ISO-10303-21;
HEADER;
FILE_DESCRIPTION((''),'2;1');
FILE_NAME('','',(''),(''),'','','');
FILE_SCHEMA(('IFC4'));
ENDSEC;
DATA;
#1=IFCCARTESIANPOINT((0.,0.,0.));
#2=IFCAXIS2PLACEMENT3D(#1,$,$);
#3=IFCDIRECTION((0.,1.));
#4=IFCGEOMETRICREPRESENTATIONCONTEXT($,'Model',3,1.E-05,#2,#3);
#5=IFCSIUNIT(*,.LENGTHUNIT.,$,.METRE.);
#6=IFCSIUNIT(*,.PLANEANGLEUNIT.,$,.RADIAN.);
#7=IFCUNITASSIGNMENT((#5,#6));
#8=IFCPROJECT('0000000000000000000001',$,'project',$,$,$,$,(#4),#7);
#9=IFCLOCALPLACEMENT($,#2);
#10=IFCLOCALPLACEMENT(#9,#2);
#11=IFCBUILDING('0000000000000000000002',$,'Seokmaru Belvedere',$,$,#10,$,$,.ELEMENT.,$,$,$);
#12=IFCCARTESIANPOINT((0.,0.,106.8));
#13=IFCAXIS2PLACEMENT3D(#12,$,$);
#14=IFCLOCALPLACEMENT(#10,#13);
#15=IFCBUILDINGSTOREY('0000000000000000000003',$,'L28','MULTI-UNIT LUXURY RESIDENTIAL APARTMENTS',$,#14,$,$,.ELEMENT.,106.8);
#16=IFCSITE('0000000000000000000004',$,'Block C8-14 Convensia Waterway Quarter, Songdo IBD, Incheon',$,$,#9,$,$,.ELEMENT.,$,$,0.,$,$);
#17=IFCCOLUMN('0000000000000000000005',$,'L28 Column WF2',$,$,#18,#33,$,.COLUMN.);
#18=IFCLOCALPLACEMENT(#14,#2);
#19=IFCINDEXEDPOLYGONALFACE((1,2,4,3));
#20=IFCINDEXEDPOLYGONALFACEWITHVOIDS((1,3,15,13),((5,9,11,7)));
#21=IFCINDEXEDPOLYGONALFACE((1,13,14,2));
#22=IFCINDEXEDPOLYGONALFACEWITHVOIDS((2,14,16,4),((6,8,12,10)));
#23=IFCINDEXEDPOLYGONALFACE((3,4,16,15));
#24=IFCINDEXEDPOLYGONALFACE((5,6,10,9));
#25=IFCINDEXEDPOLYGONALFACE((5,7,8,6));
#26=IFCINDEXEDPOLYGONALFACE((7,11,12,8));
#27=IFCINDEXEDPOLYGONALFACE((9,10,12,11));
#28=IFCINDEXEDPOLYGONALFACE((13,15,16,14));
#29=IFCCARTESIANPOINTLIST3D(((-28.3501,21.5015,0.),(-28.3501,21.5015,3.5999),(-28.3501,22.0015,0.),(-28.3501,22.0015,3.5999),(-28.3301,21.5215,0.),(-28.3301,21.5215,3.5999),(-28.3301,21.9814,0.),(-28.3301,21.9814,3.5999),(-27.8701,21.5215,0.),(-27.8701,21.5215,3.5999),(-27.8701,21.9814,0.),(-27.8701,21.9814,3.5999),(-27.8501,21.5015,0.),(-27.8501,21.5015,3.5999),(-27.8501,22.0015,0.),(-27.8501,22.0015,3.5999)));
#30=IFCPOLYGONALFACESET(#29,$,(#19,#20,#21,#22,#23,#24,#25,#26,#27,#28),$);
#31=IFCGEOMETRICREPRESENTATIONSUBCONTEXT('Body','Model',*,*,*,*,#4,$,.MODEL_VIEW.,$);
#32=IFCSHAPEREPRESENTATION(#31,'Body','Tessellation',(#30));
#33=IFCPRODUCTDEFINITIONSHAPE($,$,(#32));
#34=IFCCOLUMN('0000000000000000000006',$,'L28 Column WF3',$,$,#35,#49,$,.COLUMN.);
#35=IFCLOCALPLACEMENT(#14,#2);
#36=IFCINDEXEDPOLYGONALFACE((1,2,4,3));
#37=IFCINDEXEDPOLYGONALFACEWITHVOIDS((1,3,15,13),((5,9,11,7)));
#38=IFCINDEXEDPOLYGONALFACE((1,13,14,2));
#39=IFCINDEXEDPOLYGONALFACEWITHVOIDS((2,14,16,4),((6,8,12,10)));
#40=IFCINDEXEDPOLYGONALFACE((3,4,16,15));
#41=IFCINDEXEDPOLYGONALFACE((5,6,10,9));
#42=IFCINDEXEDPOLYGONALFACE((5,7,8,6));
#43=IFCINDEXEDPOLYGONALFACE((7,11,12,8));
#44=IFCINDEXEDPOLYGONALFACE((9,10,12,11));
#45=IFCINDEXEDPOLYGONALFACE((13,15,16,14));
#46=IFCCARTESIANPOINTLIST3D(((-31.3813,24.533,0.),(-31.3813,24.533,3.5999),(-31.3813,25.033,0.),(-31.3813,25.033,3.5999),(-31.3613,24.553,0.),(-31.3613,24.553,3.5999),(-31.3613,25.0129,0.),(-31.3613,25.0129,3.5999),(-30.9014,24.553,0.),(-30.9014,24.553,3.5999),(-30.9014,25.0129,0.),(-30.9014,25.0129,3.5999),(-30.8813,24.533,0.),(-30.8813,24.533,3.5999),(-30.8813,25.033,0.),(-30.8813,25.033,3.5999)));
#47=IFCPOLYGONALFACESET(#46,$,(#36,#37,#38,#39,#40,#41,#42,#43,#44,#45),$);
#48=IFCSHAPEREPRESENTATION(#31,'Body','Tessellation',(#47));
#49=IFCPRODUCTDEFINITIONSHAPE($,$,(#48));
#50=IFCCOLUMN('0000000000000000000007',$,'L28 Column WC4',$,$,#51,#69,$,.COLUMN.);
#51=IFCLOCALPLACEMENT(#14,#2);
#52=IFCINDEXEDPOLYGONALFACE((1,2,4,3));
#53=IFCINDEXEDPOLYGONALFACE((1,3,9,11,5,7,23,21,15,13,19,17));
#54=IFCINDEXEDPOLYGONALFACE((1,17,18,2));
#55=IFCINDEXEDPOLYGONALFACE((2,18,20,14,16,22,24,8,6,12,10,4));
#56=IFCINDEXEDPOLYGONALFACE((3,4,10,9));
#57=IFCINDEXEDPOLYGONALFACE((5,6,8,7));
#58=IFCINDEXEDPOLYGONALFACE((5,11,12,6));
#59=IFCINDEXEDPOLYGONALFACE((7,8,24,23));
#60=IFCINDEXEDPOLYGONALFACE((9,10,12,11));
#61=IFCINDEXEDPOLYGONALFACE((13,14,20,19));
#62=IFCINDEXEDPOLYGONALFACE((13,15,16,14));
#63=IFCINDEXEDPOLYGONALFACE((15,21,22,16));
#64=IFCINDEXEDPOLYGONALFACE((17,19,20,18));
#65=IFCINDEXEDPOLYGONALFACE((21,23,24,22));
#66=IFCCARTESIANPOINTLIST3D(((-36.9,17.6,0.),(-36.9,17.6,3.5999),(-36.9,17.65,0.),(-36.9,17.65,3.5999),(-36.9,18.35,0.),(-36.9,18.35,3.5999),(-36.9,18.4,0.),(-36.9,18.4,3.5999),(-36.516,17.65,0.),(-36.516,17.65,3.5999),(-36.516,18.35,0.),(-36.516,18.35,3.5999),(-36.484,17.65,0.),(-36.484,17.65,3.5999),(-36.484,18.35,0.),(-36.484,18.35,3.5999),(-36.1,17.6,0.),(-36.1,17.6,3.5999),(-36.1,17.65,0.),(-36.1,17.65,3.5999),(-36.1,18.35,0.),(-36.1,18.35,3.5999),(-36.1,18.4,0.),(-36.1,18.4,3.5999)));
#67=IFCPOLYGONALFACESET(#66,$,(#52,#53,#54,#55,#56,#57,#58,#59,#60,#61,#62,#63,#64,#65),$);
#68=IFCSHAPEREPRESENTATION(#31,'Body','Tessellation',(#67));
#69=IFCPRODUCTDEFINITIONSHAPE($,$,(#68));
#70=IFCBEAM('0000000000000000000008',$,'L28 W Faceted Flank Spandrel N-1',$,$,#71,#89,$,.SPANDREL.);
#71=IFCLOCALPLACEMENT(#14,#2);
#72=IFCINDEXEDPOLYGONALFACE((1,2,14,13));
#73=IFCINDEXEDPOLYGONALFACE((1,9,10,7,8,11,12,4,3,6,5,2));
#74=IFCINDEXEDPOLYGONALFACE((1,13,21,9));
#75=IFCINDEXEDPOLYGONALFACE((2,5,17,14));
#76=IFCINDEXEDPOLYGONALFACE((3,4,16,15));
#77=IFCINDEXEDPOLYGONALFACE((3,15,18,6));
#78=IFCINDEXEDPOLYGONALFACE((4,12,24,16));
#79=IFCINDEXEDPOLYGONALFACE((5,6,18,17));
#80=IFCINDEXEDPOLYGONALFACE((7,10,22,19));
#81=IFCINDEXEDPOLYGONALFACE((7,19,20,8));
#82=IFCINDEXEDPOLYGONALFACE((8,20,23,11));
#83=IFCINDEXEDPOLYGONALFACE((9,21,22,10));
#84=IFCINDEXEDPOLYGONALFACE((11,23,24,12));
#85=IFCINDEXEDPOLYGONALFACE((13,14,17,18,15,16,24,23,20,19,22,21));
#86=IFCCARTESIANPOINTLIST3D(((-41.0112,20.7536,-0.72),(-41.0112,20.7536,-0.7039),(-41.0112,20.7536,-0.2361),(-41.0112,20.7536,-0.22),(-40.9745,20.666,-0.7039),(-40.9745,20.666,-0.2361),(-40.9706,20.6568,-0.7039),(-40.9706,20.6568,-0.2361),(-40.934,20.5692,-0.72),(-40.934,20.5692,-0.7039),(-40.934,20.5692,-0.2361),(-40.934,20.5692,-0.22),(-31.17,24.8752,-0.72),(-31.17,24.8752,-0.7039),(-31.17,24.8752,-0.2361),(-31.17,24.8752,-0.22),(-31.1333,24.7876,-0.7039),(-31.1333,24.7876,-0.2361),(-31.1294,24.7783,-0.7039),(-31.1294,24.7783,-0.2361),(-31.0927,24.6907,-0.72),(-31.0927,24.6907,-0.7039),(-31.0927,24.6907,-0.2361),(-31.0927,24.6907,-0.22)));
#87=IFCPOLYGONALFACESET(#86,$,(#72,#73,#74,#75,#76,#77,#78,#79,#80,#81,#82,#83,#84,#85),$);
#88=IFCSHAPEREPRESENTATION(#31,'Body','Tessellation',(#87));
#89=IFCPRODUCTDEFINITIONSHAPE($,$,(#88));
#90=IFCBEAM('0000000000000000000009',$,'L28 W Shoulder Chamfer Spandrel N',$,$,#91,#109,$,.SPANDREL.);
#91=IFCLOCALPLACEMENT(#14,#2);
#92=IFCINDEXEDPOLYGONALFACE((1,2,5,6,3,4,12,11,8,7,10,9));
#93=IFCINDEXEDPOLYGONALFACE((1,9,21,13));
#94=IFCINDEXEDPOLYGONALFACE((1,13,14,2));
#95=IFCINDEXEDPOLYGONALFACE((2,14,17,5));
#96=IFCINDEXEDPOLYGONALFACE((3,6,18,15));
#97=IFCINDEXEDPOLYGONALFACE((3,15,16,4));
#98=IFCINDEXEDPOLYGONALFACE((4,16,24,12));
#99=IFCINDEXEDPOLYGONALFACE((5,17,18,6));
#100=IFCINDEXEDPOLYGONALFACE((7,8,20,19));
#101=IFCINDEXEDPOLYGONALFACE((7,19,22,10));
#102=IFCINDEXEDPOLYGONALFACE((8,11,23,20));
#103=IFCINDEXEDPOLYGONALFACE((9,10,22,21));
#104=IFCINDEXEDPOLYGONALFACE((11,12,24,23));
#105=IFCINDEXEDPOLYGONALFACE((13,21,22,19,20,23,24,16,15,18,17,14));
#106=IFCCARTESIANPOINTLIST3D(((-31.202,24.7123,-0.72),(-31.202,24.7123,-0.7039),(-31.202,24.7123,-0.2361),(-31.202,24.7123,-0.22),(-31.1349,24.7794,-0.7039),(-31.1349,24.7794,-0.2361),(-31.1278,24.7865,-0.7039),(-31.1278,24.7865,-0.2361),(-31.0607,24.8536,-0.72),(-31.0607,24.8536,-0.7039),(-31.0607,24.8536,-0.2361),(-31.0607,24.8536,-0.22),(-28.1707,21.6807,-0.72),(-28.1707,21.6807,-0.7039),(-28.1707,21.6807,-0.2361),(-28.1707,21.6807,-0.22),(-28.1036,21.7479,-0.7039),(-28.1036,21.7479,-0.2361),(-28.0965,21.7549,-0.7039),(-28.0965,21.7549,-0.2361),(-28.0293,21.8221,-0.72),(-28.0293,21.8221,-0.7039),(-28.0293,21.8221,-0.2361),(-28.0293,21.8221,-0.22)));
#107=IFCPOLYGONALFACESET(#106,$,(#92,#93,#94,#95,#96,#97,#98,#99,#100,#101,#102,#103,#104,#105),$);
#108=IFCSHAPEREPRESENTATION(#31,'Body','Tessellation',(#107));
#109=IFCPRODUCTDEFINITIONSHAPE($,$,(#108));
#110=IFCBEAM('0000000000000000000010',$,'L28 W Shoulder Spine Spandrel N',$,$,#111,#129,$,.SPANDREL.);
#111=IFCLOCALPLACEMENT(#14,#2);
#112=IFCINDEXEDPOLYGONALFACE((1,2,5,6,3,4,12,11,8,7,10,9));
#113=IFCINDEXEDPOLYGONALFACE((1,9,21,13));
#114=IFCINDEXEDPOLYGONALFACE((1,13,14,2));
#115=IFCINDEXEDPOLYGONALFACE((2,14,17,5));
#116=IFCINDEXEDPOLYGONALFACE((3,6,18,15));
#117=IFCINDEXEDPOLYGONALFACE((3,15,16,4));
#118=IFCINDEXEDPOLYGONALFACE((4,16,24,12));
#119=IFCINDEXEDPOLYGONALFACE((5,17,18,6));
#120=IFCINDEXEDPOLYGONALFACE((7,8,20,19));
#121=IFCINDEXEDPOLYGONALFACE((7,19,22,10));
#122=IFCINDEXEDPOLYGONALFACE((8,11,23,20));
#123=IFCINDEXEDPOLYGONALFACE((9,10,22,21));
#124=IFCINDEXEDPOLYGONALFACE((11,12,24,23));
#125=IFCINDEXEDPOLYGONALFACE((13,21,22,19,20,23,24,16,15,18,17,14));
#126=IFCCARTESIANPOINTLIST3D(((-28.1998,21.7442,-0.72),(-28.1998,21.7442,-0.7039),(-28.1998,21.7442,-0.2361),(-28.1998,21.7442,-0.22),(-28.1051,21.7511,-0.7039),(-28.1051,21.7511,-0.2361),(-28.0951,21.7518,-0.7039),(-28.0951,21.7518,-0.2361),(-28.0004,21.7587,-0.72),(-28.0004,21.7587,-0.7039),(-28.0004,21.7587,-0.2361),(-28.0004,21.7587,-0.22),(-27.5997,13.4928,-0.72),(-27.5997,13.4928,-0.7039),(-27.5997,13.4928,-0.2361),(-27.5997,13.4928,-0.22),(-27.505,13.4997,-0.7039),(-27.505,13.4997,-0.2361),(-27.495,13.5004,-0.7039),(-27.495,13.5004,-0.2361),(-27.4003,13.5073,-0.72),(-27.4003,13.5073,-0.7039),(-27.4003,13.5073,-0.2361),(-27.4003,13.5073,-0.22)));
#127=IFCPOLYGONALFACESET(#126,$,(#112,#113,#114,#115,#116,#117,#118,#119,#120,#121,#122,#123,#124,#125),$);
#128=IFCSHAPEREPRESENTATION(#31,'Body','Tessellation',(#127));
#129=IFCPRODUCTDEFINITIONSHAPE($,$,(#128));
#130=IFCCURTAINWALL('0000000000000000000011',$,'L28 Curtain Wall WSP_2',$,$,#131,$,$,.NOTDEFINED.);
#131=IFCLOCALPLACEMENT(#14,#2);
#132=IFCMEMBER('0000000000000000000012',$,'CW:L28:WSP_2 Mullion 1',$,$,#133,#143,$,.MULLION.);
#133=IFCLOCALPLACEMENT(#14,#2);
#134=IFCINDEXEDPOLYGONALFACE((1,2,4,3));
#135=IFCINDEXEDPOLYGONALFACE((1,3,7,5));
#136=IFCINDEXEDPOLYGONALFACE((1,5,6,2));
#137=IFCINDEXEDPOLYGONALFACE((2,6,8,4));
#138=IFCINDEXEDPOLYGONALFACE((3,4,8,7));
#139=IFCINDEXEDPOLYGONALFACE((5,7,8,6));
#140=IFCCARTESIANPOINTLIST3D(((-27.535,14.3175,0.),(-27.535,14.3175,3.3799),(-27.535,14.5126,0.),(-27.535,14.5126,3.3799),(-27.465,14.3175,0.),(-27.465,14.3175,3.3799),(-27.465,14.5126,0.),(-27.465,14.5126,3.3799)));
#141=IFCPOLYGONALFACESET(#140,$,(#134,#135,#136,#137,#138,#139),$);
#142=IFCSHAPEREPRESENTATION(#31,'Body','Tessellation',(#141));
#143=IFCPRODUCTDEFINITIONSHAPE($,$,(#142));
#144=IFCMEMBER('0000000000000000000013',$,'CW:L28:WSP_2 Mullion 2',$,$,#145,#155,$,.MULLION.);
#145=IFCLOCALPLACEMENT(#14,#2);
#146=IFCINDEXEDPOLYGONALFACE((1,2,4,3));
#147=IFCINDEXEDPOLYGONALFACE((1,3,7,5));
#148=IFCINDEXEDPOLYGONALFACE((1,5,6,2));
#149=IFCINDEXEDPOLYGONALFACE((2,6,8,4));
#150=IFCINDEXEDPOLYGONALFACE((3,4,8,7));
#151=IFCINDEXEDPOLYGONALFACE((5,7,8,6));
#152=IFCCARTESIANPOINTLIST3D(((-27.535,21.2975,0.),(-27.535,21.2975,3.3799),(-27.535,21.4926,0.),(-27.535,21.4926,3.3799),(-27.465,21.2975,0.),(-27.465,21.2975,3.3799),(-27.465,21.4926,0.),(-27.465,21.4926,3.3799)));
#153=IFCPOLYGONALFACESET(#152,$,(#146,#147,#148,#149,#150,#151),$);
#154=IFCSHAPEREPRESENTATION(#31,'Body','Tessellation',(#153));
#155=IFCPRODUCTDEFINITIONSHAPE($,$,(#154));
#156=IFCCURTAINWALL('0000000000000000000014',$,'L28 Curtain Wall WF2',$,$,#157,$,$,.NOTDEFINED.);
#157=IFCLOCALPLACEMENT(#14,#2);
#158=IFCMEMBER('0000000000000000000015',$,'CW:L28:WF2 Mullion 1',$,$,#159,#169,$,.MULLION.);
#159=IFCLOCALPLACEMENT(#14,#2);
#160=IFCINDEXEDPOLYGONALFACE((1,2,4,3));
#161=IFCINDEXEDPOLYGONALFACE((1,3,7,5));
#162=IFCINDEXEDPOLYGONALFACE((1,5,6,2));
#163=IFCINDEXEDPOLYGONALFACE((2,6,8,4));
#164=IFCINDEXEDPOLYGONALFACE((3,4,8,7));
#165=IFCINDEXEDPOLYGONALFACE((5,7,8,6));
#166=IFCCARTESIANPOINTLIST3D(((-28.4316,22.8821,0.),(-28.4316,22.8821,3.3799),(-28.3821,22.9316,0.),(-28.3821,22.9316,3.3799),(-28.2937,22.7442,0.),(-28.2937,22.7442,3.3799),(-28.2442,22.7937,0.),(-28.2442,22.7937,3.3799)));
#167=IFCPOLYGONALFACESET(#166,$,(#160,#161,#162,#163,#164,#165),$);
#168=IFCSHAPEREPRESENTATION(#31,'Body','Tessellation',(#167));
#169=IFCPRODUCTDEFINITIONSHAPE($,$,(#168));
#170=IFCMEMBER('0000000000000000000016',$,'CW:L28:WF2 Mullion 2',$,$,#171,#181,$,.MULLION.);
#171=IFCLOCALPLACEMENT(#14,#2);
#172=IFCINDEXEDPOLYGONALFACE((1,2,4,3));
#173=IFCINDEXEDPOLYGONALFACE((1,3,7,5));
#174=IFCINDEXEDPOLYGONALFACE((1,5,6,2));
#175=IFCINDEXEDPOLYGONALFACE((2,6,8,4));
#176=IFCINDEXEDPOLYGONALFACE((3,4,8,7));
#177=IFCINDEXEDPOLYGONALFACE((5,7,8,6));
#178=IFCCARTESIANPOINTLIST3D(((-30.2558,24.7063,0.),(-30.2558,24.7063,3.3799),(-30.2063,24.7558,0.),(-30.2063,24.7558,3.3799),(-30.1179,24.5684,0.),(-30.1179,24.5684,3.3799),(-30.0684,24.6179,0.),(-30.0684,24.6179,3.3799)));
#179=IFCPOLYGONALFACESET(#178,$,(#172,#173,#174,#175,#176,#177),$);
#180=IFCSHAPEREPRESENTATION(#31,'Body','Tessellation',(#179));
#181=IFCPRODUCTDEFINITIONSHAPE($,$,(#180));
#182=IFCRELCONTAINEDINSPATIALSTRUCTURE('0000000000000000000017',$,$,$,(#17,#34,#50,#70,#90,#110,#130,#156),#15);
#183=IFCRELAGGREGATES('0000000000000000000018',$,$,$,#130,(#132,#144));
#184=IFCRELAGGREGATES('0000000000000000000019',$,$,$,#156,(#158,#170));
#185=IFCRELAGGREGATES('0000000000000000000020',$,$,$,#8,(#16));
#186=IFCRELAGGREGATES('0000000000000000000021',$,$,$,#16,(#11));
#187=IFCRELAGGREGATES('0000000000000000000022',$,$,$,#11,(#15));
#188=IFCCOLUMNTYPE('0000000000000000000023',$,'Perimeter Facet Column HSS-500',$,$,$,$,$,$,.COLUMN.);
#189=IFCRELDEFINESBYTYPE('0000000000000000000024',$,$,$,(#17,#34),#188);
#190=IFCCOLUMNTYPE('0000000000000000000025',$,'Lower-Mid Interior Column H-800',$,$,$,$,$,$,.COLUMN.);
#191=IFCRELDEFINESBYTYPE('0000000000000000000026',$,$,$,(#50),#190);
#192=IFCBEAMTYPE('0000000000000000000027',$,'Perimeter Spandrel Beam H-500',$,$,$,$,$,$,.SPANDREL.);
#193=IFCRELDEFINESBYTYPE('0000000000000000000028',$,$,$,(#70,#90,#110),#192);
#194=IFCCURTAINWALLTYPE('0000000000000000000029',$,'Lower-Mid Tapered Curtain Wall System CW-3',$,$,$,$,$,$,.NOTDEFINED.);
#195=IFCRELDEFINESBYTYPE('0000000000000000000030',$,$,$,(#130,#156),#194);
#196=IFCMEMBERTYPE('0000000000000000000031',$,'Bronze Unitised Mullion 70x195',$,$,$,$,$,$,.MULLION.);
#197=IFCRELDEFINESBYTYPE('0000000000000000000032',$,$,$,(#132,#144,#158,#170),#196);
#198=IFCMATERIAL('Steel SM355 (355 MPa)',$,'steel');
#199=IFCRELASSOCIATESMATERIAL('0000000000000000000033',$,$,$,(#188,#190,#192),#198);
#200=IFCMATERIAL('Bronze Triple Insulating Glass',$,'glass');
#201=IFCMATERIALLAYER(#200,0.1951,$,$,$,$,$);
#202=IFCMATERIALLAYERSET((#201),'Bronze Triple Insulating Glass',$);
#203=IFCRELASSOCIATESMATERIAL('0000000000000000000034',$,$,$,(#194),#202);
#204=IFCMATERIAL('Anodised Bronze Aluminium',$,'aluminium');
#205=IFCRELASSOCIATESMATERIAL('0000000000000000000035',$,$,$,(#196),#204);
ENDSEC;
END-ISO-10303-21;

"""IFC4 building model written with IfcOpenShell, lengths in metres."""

from ifc_helpers import new_model, si_unit, direction, frame, origin, origin_2d, place, context, subcontext, project, spatial, rectangle, hollow_rectangle, i_section, extrude, source, transform, mapped, material, layer, layer_set, material_profile, profile_set, type_object, type_shapes, element, aggregate, save


model = new_model("IFC4")

# Units and contexts
model_context = context("Model", 3, precision=1e-05, world=origin(), true_north=direction((0.0, 1.0)))
body_context = subcontext(model_context, "Body", "Model", "MODEL_VIEW")
ifc_project = project(units=[si_unit("LENGTHUNIT", "METRE"), si_unit("PLANEANGLEUNIT", "RADIAN")], contexts=[model_context])

# Site, building, storey
site_placement = place(None, origin())
site = spatial("IfcSite", under=ifc_project, at=site_placement, Name="Block C8-14 Convensia Waterway Quarter, Songdo IBD, Incheon", CompositionType="ELEMENT", RefElevation=0.0)
building_placement = place(site_placement, origin())
building = spatial("IfcBuilding", under=site, at=building_placement, Name="Seokmaru Belvedere", CompositionType="ELEMENT")
storey_placement = place(building_placement, frame((0.0, 0.0, 106.8)))
storey = spatial("IfcBuildingStorey", under=building, at=storey_placement, Name="L28", Description="MULTI-UNIT LUXURY RESIDENTIAL APARTMENTS", CompositionType="ELEMENT", Elevation=106.8)

# Columns
ifc_material_1 = material(Name="Steel SM355 (355 MPa)", Category="steel")
ifc_material_profile_1 = material_profile(ifc_material_1, hollow_rectangle(XDim=0.5, YDim=0.5, WallThickness=0.02, at=origin_2d()), Name="HSS-500x500x20")
ifc_profile_set_1 = profile_set([ifc_material_profile_1], Name="Steel SM355 (355 MPa)")
column_type_1 = type_object("IfcColumnType", Name="Perimeter Facet Column HSS-500", PredefinedType="COLUMN", material=ifc_profile_set_1)
shared_shape_1 = source(origin(), body_context, "Body", "SweptSolid", [
    extrude(hollow_rectangle(XDim=0.5, YDim=0.5, WallThickness=0.02, at=origin_2d()), origin(), (0.0, 0.0, 1.0), 3.5999),
])
type_shapes(column_type_1, [shared_shape_1])
for number, where, z_axis, x_axis, name in (
    (1, (-28.1001, 21.7515, 0.0), (0.0, 0.0, 1.0), (1.0, 0.0, 0.0), "L28 Column WF2"),
    (2, (-31.1313, 24.783, 0.0), (0.0, 0.0, 1.0), (1.0, 0.0, 0.0), "L28 Column WF3"),
):
    element("IfcColumn", number, at=place(storey_placement, frame(where, z_axis=z_axis, x_axis=x_axis)), inside=storey, type_object=column_type_1, Name=name, PredefinedType="COLUMN", context=body_context, shape_type="MappedRepresentation", body=[
        mapped(shared_shape_1, transform((0.0, 0.0, 0.0), scale=1.0)),
    ])
ifc_material_profile_2 = material_profile(ifc_material_1, i_section(OverallWidth=0.8, OverallDepth=0.8, WebThickness=0.032, FlangeThickness=0.05, at=origin_2d()), Name="H-800x800x32x50")
ifc_profile_set_2 = profile_set([ifc_material_profile_2], Name="Steel SM355 (355 MPa)")
column_type_2 = type_object("IfcColumnType", Name="Lower-Mid Interior Column H-800", PredefinedType="COLUMN", material=ifc_profile_set_2)
shared_shape_2 = source(origin(), body_context, "Body", "SweptSolid", [
    extrude(i_section(OverallWidth=0.8, OverallDepth=0.8, WebThickness=0.032, FlangeThickness=0.05, at=origin_2d()), origin(), (0.0, 0.0, 1.0), 3.5999),
])
type_shapes(column_type_2, [shared_shape_2])
column_placement = place(storey_placement, frame((-36.5, 18.0, 0.0), z_axis=(0.0, 0.0, 1.0), x_axis=(1.0, 0.0, 0.0)))
element("IfcColumn", 3, at=column_placement, inside=storey, type_object=column_type_2, Name="L28 Column WC4", PredefinedType="COLUMN", context=body_context, shape_type="MappedRepresentation", body=[
    mapped(shared_shape_2, transform((0.0, 0.0, 0.0), scale=1.0)),
])

# Beams
ifc_material_profile_3 = material_profile(ifc_material_1, i_section(OverallWidth=0.2, OverallDepth=0.5, WebThickness=0.01, FlangeThickness=0.0161, at=origin_2d()), Name="H-500x200x10x16")
ifc_profile_set_3 = profile_set([ifc_material_profile_3], Name="Steel SM355 (355 MPa)")
beam_type = type_object("IfcBeamType", Name="Perimeter Spandrel Beam H-500", PredefinedType="SPANDREL", material=ifc_profile_set_3)
shared_shape_3 = source(origin(), body_context, "Body", "SweptSolid", [
    extrude(i_section(OverallWidth=0.2, OverallDepth=0.5, WebThickness=0.01, FlangeThickness=0.0161, at=origin_2d()), origin(), (0.0, 0.0, 1.0), 10.6694),
])
beam_1_placement = place(storey_placement, frame((-31.1313, 24.783, -0.47), z_axis=(-0.922375, -0.386295, 0.0), x_axis=(0.386295, -0.922375, 0.0)))
element("IfcBeam", 4, at=beam_1_placement, inside=storey, type_object=beam_type, Name="L28 W Faceted Flank Spandrel N-1", PredefinedType="SPANDREL", context=body_context, shape_type="MappedRepresentation", body=[
    mapped(shared_shape_3, transform((0.0, 0.0, 0.0), scale=1.0)),
])
shared_shape_4 = source(origin(), body_context, "Body", "SweptSolid", [
    extrude(i_section(OverallWidth=0.2, OverallDepth=0.5, WebThickness=0.01, FlangeThickness=0.0161, at=origin_2d()), origin(), (0.0, 0.0, 1.0), 4.2871),
])
beam_2_placement = place(storey_placement, frame((-31.1313, 24.783, -0.47), z_axis=(0.707078, -0.707135, 0.0), x_axis=(0.707135, 0.707078, 0.0)))
element("IfcBeam", 5, at=beam_2_placement, inside=storey, type_object=beam_type, Name="L28 W Shoulder Chamfer Spandrel N", PredefinedType="SPANDREL", context=body_context, shape_type="MappedRepresentation", body=[
    mapped(shared_shape_4, transform((0.0, 0.0, 0.0), scale=1.0)),
])
shared_shape_5 = source(origin(), body_context, "Body", "SweptSolid", [
    extrude(i_section(OverallWidth=0.2, OverallDepth=0.5, WebThickness=0.01, FlangeThickness=0.0161, at=origin_2d()), origin(), (0.0, 0.0, 1.0), 8.2732),
])
type_shapes(beam_type, [shared_shape_3, shared_shape_4, shared_shape_5])
beam_3_placement = place(storey_placement, frame((-28.1001, 21.7515, -0.47), z_axis=(0.072535, -0.997366, 0.0), x_axis=(0.997366, 0.072535, 0.0)))
element("IfcBeam", 6, at=beam_3_placement, inside=storey, type_object=beam_type, Name="L28 W Shoulder Spine Spandrel N", PredefinedType="SPANDREL", context=body_context, shape_type="MappedRepresentation", body=[
    mapped(shared_shape_5, transform((0.0, 0.0, 0.0), scale=1.0)),
])

# Curtain walls, members
ifc_material_2 = material(Name="Bronze Triple Insulating Glass", Category="glass")
ifc_layer_1 = layer(ifc_material_2, 0.1951)
ifc_layer_set_1 = layer_set([ifc_layer_1], Name="Bronze Triple Insulating Glass")
curtain_wall_type = type_object("IfcCurtainWallType", Name="Lower-Mid Tapered Curtain Wall System CW-3", PredefinedType="NOTDEFINED", material=ifc_layer_set_1)
curtain_wall_1_placement = place(storey_placement, origin())
curtain_wall_1 = element("IfcCurtainWall", 7, at=curtain_wall_1_placement, inside=storey, type_object=curtain_wall_type, Name="L28 Curtain Wall WSP_2", PredefinedType="NOTDEFINED")
ifc_material_3 = material(Name="Anodised Bronze Aluminium", Category="aluminium")
ifc_material_profile_4 = material_profile(ifc_material_3, rectangle(XDim=0.0701, YDim=0.1951, at=origin_2d()), Name="CW-M-70x195")
ifc_profile_set_4 = profile_set([ifc_material_profile_4], Name="Anodised Bronze Aluminium")
member_type_1 = type_object("IfcMemberType", Name="Bronze Unitised Mullion 70x195", PredefinedType="MULLION", material=ifc_profile_set_4)
shared_shape_6 = source(origin(), body_context, "Body", "SweptSolid", [
    extrude(rectangle(XDim=0.0701, YDim=0.1951, at=origin_2d()), origin(), (0.0, 0.0, 1.0), 3.3799),
])
member_1_placement = place(storey_placement, frame((-27.5, 14.415, 0.0), z_axis=(0.0, 0.0, 1.0), x_axis=(-1.0, 0.0, 0.0)))
member_1 = element("IfcMember", 8, at=member_1_placement, type_object=member_type_1, Name="CW:L28:WSP_2 Mullion 1", PredefinedType="MULLION", context=body_context, shape_type="MappedRepresentation", body=[
    mapped(shared_shape_6, transform((0.0, 0.0, 0.0), scale=1.0)),
])
member_2_placement = place(storey_placement, frame((-27.5, 21.395, 0.0), z_axis=(0.0, 0.0, 1.0), x_axis=(-1.0, 0.0, 0.0)))
member_2 = element("IfcMember", 9, at=member_2_placement, type_object=member_type_1, Name="CW:L28:WSP_2 Mullion 2", PredefinedType="MULLION", context=body_context, shape_type="MappedRepresentation", body=[
    mapped(shared_shape_6, transform((0.0, 0.0, 0.0), scale=1.0)),
])
curtain_wall_2_placement = place(storey_placement, origin())
curtain_wall_2 = element("IfcCurtainWall", 10, at=curtain_wall_2_placement, inside=storey, type_object=curtain_wall_type, Name="L28 Curtain Wall WF2", PredefinedType="NOTDEFINED")
member_3_placement = place(storey_placement, frame((-28.3379, 22.8379, 0.0), z_axis=(0.0, 0.0, 1.0), x_axis=(-0.707107, -0.707107, 0.0)))
member_3 = element("IfcMember", 11, at=member_3_placement, type_object=member_type_1, Name="CW:L28:WF2 Mullion 1", PredefinedType="MULLION", context=body_context, shape_type="MappedRepresentation", body=[
    mapped(shared_shape_6, transform((0.0, 0.0, 0.0), scale=1.0)),
])
member_4_placement = place(storey_placement, frame((-30.1621, 24.6621, 0.0), z_axis=(0.0, 0.0, 1.0), x_axis=(-0.707107, -0.707107, 0.0)))
member_4 = element("IfcMember", 12, at=member_4_placement, type_object=member_type_1, Name="CW:L28:WF2 Mullion 2", PredefinedType="MULLION", context=body_context, shape_type="MappedRepresentation", body=[
    mapped(shared_shape_6, transform((0.0, 0.0, 0.0), scale=1.0)),
])

aggregate(curtain_wall_1, [member_1, member_2])
aggregate(curtain_wall_2, [member_3, member_4])

save(model, "model.ifc")
